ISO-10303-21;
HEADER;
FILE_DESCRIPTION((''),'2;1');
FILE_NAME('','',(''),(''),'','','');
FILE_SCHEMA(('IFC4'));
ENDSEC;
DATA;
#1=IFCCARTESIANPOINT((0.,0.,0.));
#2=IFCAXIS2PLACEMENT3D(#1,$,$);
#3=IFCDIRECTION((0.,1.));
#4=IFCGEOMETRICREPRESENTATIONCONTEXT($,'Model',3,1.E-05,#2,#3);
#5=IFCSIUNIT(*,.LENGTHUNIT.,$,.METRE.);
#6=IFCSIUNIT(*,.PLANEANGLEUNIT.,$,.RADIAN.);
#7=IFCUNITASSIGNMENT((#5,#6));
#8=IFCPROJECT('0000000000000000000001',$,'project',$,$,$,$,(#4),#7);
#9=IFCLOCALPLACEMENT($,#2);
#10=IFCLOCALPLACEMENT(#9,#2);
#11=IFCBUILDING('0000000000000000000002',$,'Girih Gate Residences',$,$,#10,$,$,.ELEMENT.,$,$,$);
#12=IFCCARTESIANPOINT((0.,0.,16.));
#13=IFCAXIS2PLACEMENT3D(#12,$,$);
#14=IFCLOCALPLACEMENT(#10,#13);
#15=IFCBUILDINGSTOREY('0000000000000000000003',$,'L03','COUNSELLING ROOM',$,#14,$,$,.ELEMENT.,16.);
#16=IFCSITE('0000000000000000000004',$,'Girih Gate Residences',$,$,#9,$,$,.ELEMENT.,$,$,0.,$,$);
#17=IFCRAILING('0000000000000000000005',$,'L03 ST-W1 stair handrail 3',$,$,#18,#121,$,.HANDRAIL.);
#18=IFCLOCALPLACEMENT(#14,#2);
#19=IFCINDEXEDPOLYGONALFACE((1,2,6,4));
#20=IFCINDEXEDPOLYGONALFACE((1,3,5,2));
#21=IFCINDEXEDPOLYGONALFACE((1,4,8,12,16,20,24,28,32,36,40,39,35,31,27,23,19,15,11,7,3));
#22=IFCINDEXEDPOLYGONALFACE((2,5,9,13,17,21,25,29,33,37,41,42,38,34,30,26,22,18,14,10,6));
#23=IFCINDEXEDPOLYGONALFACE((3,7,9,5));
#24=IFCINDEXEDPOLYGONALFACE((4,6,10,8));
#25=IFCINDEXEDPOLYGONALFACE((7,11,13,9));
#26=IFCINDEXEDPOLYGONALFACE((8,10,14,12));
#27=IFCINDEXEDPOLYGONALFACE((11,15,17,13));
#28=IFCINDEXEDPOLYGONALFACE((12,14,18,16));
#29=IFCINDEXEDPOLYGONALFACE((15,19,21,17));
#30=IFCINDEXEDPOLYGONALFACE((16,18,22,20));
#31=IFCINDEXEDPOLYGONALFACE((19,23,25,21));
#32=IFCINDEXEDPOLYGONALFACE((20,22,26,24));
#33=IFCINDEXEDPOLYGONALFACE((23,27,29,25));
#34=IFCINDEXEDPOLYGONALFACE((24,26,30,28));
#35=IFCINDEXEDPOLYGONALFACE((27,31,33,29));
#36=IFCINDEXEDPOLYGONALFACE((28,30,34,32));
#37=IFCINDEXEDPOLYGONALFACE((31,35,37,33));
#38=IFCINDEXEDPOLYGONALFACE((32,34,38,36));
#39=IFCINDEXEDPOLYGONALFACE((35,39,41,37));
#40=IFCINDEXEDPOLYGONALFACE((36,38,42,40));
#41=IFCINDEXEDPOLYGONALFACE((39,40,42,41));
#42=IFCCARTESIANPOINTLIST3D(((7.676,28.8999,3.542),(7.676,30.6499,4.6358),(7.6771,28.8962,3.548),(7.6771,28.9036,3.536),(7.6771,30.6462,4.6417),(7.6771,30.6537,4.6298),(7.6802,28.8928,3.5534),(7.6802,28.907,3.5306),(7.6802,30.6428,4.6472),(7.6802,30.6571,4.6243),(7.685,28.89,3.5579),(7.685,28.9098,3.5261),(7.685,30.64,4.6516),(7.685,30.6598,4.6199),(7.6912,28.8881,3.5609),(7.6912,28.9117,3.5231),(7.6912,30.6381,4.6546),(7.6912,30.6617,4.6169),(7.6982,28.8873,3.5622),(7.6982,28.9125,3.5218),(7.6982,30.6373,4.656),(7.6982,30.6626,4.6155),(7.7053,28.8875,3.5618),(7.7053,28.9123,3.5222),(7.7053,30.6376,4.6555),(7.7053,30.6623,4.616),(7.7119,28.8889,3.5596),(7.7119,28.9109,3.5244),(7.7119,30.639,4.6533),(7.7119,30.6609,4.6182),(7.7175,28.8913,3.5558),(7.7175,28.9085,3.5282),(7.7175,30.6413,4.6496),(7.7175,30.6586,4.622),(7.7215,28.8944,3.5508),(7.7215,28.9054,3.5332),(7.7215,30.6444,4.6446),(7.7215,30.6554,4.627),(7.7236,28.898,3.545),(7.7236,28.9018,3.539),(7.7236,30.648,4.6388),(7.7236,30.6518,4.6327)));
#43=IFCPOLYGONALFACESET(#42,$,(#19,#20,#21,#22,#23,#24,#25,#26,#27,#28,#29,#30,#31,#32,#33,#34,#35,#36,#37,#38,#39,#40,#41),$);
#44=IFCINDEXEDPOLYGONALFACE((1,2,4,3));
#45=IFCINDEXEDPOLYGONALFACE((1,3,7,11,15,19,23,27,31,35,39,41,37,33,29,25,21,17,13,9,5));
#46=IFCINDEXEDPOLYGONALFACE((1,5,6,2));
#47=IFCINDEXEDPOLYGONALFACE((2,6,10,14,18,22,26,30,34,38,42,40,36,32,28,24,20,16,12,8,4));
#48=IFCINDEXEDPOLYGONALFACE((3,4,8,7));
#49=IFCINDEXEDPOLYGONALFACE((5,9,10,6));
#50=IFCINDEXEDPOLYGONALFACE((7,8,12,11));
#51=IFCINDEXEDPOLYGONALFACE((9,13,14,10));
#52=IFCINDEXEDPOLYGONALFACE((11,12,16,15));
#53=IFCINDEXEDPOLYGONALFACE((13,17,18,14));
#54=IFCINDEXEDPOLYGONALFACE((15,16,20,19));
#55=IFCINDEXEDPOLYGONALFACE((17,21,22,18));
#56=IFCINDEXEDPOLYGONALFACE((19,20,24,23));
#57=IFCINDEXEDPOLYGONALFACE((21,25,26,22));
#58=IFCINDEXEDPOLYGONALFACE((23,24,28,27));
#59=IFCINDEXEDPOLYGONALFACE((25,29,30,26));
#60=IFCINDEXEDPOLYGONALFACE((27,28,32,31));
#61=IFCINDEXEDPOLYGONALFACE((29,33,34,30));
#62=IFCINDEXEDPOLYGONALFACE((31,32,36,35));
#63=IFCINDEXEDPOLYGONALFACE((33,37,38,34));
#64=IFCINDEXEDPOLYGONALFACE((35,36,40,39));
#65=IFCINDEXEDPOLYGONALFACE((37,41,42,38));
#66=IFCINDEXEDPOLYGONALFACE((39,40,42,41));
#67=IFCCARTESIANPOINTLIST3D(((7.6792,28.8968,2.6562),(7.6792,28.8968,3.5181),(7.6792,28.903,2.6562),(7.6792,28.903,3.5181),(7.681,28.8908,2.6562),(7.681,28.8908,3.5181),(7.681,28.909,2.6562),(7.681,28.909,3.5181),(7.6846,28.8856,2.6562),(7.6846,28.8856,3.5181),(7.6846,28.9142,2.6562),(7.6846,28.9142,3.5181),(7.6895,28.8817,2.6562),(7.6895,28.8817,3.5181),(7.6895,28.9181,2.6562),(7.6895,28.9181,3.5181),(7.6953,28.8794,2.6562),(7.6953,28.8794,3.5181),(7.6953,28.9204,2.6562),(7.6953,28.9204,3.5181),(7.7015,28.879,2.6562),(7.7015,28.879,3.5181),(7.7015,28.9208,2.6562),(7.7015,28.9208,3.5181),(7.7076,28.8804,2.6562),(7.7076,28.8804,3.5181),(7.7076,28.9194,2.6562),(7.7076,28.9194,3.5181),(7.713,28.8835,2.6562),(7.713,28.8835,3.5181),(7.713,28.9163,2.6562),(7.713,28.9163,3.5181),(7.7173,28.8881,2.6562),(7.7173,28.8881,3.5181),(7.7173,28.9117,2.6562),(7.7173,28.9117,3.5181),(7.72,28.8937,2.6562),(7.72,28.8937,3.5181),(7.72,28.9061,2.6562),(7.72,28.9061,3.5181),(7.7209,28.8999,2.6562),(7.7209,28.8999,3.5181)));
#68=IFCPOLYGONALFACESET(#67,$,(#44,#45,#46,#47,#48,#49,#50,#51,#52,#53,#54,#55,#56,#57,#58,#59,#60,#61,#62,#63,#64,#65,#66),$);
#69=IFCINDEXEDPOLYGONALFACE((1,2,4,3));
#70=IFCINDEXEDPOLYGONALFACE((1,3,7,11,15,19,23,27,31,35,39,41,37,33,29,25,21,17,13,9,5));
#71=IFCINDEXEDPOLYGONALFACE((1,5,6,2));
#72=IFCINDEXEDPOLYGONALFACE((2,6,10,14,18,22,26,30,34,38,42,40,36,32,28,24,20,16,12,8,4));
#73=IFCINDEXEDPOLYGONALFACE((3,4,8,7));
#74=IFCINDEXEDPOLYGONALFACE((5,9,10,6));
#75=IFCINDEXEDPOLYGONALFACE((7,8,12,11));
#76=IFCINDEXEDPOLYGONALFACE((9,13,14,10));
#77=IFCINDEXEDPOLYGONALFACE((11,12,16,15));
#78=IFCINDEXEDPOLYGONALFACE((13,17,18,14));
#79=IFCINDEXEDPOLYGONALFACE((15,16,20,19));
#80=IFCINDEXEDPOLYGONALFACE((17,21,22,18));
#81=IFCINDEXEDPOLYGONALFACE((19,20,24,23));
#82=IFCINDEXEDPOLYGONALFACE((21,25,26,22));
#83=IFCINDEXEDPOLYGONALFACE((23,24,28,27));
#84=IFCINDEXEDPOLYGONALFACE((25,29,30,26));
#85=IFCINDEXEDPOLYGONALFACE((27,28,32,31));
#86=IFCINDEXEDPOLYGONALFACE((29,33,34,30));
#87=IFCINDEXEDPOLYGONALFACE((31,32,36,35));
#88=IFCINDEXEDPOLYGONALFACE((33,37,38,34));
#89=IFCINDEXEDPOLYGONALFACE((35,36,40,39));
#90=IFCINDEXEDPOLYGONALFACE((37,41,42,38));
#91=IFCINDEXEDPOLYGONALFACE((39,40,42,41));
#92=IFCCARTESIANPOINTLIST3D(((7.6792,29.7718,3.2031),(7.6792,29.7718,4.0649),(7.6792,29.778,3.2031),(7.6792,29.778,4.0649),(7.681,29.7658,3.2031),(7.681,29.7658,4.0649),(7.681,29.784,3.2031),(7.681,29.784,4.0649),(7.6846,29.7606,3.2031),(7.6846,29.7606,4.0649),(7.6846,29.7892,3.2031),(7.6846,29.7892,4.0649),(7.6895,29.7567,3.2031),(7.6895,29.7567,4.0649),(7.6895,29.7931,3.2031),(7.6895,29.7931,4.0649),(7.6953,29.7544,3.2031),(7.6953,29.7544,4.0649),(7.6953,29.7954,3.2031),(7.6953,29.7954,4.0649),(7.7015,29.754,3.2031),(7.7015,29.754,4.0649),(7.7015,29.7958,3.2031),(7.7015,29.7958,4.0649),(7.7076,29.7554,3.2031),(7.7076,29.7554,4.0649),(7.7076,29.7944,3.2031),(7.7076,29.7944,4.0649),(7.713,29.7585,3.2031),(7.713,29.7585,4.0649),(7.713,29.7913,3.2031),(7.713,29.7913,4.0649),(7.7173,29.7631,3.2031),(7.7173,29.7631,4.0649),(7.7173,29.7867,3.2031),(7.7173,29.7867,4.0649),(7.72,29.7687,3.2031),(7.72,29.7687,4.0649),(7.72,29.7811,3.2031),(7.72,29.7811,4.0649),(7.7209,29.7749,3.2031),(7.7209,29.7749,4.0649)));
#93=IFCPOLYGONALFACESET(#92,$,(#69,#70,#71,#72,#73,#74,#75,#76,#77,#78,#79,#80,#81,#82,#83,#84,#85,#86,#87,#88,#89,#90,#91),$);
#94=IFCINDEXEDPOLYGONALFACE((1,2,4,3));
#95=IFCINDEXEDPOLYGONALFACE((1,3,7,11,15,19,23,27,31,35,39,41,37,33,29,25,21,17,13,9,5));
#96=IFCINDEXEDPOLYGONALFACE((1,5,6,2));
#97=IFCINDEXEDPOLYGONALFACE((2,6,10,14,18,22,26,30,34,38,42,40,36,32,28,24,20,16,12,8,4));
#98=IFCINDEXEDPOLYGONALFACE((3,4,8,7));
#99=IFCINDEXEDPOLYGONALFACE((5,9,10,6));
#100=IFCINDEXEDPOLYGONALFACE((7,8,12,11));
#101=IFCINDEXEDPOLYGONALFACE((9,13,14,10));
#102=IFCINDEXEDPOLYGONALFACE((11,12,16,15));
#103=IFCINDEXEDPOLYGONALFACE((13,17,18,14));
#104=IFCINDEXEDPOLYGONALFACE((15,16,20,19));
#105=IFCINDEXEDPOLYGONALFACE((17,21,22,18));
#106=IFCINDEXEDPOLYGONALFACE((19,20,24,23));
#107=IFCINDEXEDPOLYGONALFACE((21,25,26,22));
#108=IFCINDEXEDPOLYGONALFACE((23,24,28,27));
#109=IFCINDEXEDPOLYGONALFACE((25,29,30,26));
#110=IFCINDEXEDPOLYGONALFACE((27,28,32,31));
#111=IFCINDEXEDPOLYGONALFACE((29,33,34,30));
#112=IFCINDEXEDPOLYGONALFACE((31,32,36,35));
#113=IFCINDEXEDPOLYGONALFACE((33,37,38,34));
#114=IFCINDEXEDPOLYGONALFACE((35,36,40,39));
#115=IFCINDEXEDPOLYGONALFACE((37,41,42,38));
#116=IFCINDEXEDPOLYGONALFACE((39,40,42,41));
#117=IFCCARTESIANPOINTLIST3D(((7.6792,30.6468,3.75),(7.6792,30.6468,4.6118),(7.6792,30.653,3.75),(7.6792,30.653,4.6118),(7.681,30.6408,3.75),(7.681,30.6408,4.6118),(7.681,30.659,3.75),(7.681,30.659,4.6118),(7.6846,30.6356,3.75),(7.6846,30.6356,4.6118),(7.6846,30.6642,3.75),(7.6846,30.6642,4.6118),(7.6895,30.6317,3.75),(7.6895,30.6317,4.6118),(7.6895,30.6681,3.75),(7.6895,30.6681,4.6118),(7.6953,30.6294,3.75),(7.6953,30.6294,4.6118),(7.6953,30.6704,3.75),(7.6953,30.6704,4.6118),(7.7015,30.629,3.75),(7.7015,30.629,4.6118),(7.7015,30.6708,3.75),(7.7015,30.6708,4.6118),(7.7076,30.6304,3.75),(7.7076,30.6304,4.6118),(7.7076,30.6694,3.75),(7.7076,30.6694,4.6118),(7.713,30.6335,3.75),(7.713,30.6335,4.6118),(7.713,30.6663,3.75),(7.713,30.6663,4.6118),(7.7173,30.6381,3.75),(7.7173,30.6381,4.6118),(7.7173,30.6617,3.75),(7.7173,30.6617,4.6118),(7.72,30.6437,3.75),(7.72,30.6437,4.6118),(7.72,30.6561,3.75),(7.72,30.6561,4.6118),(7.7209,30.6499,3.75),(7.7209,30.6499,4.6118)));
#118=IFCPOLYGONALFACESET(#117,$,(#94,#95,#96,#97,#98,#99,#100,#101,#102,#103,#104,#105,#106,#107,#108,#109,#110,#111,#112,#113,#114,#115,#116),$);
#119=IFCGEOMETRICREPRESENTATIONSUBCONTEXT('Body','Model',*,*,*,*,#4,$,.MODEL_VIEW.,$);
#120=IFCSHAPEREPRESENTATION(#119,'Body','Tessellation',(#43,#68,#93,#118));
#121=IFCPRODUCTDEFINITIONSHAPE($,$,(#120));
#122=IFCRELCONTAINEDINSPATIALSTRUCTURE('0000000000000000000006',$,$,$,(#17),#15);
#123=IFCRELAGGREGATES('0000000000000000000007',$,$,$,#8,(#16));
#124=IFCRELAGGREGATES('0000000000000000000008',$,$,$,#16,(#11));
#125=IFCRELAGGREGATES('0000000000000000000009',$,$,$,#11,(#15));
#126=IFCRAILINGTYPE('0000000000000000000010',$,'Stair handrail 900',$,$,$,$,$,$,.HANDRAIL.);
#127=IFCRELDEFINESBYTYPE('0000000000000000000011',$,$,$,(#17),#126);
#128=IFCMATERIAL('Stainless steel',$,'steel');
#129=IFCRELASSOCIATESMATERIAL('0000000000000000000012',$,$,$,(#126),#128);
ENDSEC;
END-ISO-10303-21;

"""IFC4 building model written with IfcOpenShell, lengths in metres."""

from ifc_helpers import new_model, si_unit, direction, frame, origin, origin_2d, place, context, subcontext, project, spatial, circle, extrude, material, type_object, element, save


model = new_model("IFC4")

# Units and contexts
model_context = context("Model", 3, precision=1e-05, world=origin(), true_north=direction((0.0, 1.0)))
body_context = subcontext(model_context, "Body", "Model", "MODEL_VIEW")
ifc_project = project(units=[si_unit("LENGTHUNIT", "METRE"), si_unit("PLANEANGLEUNIT", "RADIAN")], contexts=[model_context])

# Site, building, storey
site_placement = place(None, origin())
site = spatial("IfcSite", under=ifc_project, at=site_placement, Name="Girih Gate Residences", CompositionType="ELEMENT", RefElevation=0.0)
building_placement = place(site_placement, origin())
building = spatial("IfcBuilding", under=site, at=building_placement, Name="Girih Gate Residences", CompositionType="ELEMENT")
storey_placement = place(building_placement, frame((0.0, 0.0, 16.0)))
storey = spatial("IfcBuildingStorey", under=building, at=storey_placement, Name="L03", Description="COUNSELLING ROOM", CompositionType="ELEMENT", Elevation=16.0)

# Railing
ifc_material_1 = material(Name="Stainless steel", Category="steel")
railing_type_1 = type_object("IfcRailingType", Name="Stair handrail 900", PredefinedType="HANDRAIL", material=ifc_material_1)
railing_1_placement = place(storey_placement, frame((7.7, 28.8999, 2.6562)))
element("IfcRailing", 1, at=railing_1_placement, inside=storey, type_object=railing_type_1, Name="L03 ST-W1 stair handrail 3", PredefinedType="HANDRAIL", context=body_context, shape_type="SweptSolid", body=[
    extrude(circle(Radius=0.0239, at=origin_2d()), frame((0.0, 0.0, 0.8857), z_axis=(0.0, 0.847998, 0.529999), x_axis=(-1.0, 0.0, 0.0)), (0.0, 0.0, 1.0), 2.0637),
    extrude(circle(Radius=0.021, at=origin_2d()), origin(), (0.0, 0.0, 1.0), 0.8618),
    extrude(circle(Radius=0.021, at=origin_2d()), frame((0.0, 0.875, 0.5469)), (0.0, 0.0, 1.0), 0.8618),
    extrude(circle(Radius=0.021, at=origin_2d()), frame((0.0, 1.75, 1.0938)), (0.0, 0.0, 1.0), 0.8618),
])

save(model, "model.ifc")
